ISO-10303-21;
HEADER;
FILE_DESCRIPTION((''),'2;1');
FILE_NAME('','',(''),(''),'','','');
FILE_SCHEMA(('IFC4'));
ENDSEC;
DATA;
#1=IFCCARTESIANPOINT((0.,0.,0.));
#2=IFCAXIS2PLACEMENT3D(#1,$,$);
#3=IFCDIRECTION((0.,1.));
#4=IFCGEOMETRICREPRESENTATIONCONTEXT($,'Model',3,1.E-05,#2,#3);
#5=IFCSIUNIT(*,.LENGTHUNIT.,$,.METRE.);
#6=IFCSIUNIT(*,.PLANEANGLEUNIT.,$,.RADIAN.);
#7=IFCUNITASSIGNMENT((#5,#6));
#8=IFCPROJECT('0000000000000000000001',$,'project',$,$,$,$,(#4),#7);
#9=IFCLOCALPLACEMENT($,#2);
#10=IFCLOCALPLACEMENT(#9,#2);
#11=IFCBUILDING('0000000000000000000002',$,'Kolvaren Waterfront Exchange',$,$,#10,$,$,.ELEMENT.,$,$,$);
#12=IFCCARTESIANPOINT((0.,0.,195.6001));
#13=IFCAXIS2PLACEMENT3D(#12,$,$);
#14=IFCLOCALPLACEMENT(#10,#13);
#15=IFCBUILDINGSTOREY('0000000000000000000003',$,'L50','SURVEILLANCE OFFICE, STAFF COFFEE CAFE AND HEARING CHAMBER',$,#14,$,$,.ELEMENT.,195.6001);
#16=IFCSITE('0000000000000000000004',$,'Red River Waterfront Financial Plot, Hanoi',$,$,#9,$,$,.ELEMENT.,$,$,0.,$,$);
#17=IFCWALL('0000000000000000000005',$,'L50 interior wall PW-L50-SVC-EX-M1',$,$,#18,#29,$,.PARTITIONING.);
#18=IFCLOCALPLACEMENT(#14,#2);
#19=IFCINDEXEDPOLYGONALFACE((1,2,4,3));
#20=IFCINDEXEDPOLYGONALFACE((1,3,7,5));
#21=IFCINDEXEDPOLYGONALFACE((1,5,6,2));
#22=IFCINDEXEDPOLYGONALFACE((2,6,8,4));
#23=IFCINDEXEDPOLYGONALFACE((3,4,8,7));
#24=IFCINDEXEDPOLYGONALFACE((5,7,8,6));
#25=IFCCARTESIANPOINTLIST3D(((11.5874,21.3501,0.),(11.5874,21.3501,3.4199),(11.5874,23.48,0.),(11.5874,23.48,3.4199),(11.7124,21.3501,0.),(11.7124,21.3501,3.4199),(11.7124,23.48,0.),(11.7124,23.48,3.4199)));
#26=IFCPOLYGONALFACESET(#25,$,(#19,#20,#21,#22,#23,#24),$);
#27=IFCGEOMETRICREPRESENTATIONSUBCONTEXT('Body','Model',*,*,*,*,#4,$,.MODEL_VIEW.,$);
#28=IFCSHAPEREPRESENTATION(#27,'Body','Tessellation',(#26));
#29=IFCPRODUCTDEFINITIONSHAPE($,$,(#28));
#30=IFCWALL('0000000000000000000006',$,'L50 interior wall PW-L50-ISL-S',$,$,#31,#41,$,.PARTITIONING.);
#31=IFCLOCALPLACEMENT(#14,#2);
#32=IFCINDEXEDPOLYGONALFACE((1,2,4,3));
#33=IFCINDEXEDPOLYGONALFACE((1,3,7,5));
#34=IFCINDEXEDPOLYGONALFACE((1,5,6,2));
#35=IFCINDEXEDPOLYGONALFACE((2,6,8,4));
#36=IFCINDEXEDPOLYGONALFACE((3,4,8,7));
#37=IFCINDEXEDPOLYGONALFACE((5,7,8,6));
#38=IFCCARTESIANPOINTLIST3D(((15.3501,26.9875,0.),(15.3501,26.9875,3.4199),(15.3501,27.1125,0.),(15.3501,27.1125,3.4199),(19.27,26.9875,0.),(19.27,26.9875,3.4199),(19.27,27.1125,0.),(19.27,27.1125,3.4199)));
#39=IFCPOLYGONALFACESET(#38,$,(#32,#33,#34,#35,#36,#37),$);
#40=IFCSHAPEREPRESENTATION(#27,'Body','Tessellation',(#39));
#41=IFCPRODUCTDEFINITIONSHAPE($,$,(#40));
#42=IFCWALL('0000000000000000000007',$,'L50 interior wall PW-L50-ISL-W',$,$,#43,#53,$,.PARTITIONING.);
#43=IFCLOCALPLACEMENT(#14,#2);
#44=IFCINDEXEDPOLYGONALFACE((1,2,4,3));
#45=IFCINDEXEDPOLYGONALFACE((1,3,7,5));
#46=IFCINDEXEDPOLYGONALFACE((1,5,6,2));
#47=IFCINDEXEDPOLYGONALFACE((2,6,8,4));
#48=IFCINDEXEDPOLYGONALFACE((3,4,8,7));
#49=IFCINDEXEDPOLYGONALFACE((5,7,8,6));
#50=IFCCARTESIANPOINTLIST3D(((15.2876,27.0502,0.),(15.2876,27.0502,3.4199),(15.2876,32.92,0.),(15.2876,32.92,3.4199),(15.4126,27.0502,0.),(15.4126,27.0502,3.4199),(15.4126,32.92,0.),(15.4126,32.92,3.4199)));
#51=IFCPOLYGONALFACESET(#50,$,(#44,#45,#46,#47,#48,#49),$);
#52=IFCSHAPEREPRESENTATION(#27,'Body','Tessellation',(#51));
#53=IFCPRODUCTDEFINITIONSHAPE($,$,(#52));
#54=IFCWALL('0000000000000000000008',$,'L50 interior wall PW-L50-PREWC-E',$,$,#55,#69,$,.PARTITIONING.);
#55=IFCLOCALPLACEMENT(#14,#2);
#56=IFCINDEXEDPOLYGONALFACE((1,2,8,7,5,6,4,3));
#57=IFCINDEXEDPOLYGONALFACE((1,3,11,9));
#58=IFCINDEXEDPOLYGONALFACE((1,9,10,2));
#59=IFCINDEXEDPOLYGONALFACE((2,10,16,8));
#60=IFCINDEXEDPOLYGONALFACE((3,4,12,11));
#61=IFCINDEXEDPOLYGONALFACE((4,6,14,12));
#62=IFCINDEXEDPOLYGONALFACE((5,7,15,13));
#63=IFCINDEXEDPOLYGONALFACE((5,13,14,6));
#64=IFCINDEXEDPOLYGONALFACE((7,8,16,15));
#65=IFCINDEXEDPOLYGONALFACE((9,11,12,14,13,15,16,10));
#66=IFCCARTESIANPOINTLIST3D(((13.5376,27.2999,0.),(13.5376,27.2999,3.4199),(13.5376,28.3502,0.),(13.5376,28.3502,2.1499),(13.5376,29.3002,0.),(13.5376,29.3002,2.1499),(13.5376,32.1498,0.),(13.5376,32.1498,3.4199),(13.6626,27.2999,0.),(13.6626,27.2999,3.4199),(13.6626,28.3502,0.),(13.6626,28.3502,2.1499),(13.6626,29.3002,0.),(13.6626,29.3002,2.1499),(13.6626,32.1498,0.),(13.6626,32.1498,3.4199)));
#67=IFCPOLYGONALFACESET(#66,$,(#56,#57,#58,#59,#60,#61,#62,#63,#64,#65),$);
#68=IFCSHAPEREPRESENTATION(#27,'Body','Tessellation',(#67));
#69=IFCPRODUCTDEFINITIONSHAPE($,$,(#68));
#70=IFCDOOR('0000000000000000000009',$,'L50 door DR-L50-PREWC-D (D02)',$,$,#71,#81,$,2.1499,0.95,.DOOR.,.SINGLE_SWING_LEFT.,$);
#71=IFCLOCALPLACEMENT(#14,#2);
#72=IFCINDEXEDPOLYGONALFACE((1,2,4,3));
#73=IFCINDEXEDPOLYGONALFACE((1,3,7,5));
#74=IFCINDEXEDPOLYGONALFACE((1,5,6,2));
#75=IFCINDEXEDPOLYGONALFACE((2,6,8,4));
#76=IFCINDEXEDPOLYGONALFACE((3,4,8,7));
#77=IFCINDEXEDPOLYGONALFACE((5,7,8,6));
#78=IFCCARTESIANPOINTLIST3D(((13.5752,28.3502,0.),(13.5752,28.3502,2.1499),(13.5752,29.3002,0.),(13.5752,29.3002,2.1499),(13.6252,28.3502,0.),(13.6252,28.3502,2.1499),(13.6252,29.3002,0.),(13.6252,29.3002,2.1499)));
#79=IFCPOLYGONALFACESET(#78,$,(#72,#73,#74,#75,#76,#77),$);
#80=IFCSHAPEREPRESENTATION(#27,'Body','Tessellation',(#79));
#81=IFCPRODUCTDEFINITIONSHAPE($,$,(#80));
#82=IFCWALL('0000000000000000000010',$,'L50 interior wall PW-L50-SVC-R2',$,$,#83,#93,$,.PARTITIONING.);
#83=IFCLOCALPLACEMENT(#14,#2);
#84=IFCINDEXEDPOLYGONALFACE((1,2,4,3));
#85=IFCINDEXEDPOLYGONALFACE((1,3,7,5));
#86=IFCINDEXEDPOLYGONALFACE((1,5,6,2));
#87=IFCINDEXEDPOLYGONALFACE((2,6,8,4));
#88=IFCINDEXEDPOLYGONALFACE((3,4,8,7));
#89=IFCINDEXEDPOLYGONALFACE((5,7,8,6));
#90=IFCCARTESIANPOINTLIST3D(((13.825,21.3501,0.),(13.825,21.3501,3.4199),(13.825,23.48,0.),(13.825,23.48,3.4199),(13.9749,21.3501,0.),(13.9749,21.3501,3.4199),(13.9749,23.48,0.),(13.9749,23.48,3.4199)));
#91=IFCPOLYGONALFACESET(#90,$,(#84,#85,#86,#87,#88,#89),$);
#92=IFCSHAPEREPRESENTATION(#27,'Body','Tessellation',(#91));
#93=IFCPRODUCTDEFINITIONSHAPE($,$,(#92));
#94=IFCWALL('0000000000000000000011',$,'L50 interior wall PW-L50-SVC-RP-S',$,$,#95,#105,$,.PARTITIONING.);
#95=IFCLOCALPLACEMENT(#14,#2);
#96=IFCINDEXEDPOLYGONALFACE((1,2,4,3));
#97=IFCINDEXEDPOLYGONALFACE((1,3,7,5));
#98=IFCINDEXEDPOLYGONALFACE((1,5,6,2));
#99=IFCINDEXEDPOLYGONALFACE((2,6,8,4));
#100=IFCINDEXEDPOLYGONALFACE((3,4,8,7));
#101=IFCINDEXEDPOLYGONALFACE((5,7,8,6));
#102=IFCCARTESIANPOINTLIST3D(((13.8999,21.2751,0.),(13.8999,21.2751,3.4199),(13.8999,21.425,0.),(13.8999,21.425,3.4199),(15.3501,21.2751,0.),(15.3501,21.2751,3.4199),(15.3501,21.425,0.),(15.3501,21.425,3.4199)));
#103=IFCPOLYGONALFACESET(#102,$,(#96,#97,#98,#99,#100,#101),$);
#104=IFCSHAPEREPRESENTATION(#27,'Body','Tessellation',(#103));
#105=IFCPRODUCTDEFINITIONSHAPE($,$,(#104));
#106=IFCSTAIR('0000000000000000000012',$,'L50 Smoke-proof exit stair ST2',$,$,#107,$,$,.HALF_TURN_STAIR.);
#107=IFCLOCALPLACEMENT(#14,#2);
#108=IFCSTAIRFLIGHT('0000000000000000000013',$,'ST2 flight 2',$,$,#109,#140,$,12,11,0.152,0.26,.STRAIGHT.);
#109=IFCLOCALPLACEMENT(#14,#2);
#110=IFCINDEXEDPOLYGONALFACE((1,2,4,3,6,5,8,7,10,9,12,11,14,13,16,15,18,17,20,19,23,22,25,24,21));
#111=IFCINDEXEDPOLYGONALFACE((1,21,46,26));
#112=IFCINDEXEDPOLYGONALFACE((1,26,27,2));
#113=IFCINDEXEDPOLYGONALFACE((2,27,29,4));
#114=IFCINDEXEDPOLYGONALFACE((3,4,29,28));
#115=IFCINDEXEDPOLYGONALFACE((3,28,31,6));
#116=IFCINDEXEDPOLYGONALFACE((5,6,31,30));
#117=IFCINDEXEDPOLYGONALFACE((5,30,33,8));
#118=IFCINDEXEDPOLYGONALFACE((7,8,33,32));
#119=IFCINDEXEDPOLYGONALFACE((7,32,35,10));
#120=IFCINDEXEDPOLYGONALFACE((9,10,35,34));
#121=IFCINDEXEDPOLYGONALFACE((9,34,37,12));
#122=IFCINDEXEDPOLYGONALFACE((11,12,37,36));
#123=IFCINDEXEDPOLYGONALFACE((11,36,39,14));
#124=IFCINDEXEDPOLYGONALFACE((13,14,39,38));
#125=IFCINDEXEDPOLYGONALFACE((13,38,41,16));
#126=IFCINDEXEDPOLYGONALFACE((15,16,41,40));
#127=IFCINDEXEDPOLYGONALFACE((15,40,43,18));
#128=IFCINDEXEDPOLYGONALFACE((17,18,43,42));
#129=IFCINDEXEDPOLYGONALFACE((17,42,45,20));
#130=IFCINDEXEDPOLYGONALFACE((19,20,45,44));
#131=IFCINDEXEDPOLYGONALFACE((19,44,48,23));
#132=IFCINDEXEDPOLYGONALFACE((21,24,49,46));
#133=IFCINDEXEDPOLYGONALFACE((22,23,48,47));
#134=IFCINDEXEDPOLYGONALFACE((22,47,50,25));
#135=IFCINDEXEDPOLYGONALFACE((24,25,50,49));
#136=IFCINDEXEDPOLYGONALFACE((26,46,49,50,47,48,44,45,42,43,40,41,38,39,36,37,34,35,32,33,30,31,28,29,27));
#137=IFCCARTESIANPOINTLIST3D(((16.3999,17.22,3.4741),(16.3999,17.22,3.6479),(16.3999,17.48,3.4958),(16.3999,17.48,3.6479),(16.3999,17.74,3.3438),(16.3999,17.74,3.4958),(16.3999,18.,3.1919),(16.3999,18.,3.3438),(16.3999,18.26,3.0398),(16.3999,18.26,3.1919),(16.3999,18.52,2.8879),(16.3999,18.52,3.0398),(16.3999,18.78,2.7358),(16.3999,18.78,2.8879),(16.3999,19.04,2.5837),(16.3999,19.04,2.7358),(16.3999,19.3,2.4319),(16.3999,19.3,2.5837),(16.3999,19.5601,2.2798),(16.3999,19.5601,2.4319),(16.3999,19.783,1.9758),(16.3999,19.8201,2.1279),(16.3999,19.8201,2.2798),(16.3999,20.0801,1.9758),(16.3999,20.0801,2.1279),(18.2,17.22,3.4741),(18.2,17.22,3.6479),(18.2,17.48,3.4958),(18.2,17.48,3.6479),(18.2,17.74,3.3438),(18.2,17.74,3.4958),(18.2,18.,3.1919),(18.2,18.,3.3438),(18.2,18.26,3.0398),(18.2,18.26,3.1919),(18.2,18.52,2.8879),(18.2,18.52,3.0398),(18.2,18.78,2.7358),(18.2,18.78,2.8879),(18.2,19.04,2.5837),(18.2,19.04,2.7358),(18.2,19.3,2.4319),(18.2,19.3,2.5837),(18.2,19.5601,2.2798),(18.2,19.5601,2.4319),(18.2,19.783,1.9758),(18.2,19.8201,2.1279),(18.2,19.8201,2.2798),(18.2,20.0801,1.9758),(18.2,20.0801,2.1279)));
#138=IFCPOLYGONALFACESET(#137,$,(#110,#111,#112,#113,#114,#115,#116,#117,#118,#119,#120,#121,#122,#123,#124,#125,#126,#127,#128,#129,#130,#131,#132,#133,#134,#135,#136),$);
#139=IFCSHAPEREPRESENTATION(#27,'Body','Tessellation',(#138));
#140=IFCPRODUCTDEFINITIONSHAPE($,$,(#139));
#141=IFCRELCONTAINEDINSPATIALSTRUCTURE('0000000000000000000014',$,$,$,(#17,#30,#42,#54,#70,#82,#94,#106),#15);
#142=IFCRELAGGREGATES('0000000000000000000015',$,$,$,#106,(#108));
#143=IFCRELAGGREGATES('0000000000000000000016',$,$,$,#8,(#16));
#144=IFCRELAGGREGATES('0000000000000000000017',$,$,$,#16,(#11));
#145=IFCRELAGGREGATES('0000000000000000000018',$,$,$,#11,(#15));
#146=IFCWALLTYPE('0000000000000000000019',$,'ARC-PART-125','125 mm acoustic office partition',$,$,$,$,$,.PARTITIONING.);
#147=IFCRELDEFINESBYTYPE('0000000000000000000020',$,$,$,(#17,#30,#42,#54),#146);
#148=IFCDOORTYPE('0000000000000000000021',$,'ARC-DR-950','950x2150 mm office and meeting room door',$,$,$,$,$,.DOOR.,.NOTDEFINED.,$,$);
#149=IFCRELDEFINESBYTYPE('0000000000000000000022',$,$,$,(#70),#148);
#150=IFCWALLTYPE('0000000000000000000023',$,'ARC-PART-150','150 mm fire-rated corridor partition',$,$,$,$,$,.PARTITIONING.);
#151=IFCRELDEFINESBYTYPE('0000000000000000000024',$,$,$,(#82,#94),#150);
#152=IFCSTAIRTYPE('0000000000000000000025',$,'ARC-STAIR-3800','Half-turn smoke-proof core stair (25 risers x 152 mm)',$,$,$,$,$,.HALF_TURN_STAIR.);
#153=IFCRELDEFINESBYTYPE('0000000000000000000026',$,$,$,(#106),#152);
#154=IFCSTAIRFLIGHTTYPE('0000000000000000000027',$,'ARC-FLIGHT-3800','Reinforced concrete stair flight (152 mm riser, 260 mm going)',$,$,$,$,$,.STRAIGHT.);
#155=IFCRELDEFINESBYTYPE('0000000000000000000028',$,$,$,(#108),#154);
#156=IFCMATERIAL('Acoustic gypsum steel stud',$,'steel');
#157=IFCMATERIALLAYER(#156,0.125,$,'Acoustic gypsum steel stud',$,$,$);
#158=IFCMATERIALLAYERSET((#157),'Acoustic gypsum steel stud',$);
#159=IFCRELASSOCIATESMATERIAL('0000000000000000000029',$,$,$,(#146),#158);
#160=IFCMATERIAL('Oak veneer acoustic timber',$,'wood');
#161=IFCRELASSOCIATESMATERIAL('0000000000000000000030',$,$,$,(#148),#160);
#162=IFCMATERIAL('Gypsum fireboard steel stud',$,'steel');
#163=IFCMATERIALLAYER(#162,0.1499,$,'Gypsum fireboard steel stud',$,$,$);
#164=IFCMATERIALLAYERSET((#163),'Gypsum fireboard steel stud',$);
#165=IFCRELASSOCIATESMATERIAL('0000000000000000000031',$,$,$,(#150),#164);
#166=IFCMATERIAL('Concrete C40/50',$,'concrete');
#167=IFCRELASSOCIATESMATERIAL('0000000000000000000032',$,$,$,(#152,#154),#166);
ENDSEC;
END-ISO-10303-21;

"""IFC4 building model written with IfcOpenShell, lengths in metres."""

from ifc_helpers import new_model, si_unit, direction, frame, frame_2d, origin, place, context, subcontext, project, spatial, polyline, rectangle, outline, extrude, material, layer, layer_set, type_object, element, fill, aggregate, save


model = new_model("IFC4")

# Units and contexts
model_context = context("Model", 3, precision=1e-05, world=origin(), true_north=direction((0.0, 1.0)))
body_context = subcontext(model_context, "Body", "Model", "MODEL_VIEW")
ifc_project = project(units=[si_unit("LENGTHUNIT", "METRE"), si_unit("PLANEANGLEUNIT", "RADIAN")], contexts=[model_context])

# Site, building, storey
site_placement = place(None, origin())
site = spatial("IfcSite", under=ifc_project, at=site_placement, Name="Red River Waterfront Financial Plot, Hanoi", CompositionType="ELEMENT", RefElevation=0.0)
building_placement = place(site_placement, origin())
building = spatial("IfcBuilding", under=site, at=building_placement, Name="Kolvaren Waterfront Exchange", CompositionType="ELEMENT")
storey_placement = place(building_placement, frame((0.0, 0.0, 195.6001)))
storey = spatial("IfcBuildingStorey", under=building, at=storey_placement, Name="L50", Description="SURVEILLANCE OFFICE, STAFF COFFEE CAFE AND HEARING CHAMBER", CompositionType="ELEMENT", Elevation=195.6001)

# Walls
ifc_material_1 = material(Name="Acoustic gypsum steel stud", Category="steel")
ifc_layer_1 = layer(ifc_material_1, 0.125, Name="Acoustic gypsum steel stud")
ifc_layer_set_1 = layer_set([ifc_layer_1], Name="Acoustic gypsum steel stud")
wall_type_1 = type_object("IfcWallType", Name="ARC-PART-125", Description="125 mm acoustic office partition", PredefinedType="PARTITIONING", material=ifc_layer_set_1)
wall_1_placement = place(storey_placement, frame((11.6499, 21.3501, 0.0), z_axis=(0.0, 0.0, 1.0), x_axis=(0.0, 1.0, 0.0)))
element("IfcWall", 1, at=wall_1_placement, inside=storey, type_object=wall_type_1, Name="L50 interior wall PW-L50-SVC-EX-M1", PredefinedType="PARTITIONING", context=body_context, shape_type="SweptSolid", body=[
    extrude(rectangle(XDim=2.1299, YDim=0.125, at=frame_2d((1.0649, 0.0))), origin(), (0.0, 0.0, 1.0), 3.4199),
])
wall_2_placement = place(storey_placement, frame((15.3501, 27.05, 0.0), z_axis=(0.0, 0.0, 1.0), x_axis=(1.0, 0.0, 0.0)))
element("IfcWall", 2, at=wall_2_placement, inside=storey, type_object=wall_type_1, Name="L50 interior wall PW-L50-ISL-S", PredefinedType="PARTITIONING", context=body_context, shape_type="SweptSolid", body=[
    extrude(rectangle(XDim=3.9199, YDim=0.125, at=frame_2d((1.96, 0.0))), origin(), (0.0, 0.0, 1.0), 3.4199),
])
wall_3_placement = place(storey_placement, frame((15.3501, 27.05, 0.0), z_axis=(0.0, 0.0, 1.0), x_axis=(0.0, 1.0, 0.0)))
element("IfcWall", 3, at=wall_3_placement, inside=storey, type_object=wall_type_1, Name="L50 interior wall PW-L50-ISL-W", PredefinedType="PARTITIONING", context=body_context, shape_type="SweptSolid", body=[
    extrude(rectangle(XDim=5.8699, YDim=0.125, at=frame_2d((2.9351, 0.0))), origin(), (0.0, 0.0, 1.0), 3.4199),
])

# Wall, opening, door
wall_4_placement = place(storey_placement, frame((13.6001, 27.3, 0.0), z_axis=(0.0, 0.0, 1.0), x_axis=(0.0, 1.0, 0.0)))
wall_4 = element("IfcWall", 4, at=wall_4_placement, inside=storey, type_object=wall_type_1, Name="L50 interior wall PW-L50-PREWC-E", PredefinedType="PARTITIONING", context=body_context, shape_type="SweptSolid", body=[
    extrude(rectangle(XDim=4.8499, YDim=0.125, at=frame_2d((2.4248, 0.0))), origin(), (0.0, 0.0, 1.0), 3.4199),
])
opening_placement = place(wall_4_placement, frame((1.05, 0.0, 0.0)))
opening = element("IfcOpeningElement", 5, at=opening_placement, cuts=wall_4, PredefinedType="OPENING", context=body_context, shape_type="SweptSolid", body=[
    extrude(rectangle(XDim=0.95, YDim=2.1499, at=frame_2d((0.4751, 1.075))), frame((0.0, 0.0725, 0.0), z_axis=(0.0, -1.0, 0.0), x_axis=(1.0, 0.0, 0.0)), (0.0, 0.0, 1.0), 0.145),
])
ifc_material_2 = material(Name="Oak veneer acoustic timber", Category="wood")
door_type = type_object("IfcDoorType", Name="ARC-DR-950", Description="950x2150 mm office and meeting room door", OperationType="NOTDEFINED", PredefinedType="DOOR", material=ifc_material_2)
door_placement = place(opening_placement, origin())
door = element("IfcDoor", 6, at=door_placement, inside=storey, type_object=door_type, Name="L50 door DR-L50-PREWC-D (D02)", OperationType="SINGLE_SWING_LEFT", OverallHeight=2.1499, OverallWidth=0.95, PredefinedType="DOOR", context=body_context, shape_type="SweptSolid", body=[
    extrude(rectangle(XDim=0.95, YDim=2.1499, at=frame_2d((0.4751, 1.075))), frame((0.0, 0.0249, 0.0), z_axis=(0.0, -1.0, 0.0), x_axis=(1.0, 0.0, 0.0)), (0.0, 0.0, 1.0), 0.05),
])
fill(opening, door)

# Walls
ifc_material_3 = material(Name="Gypsum fireboard steel stud", Category="steel")
ifc_layer_2 = layer(ifc_material_3, 0.1499, Name="Gypsum fireboard steel stud")
ifc_layer_set_2 = layer_set([ifc_layer_2], Name="Gypsum fireboard steel stud")
wall_type_2 = type_object("IfcWallType", Name="ARC-PART-150", Description="150 mm fire-rated corridor partition", PredefinedType="PARTITIONING", material=ifc_layer_set_2)
wall_5_placement = place(storey_placement, frame((13.8999, 21.3501, 0.0), z_axis=(0.0, 0.0, 1.0), x_axis=(0.0, 1.0, 0.0)))
element("IfcWall", 7, at=wall_5_placement, inside=storey, type_object=wall_type_2, Name="L50 interior wall PW-L50-SVC-R2", PredefinedType="PARTITIONING", context=body_context, shape_type="SweptSolid", body=[
    extrude(rectangle(XDim=2.1299, YDim=0.1499, at=frame_2d((1.0649, 0.0))), origin(), (0.0, 0.0, 1.0), 3.4199),
])
wall_6_placement = place(storey_placement, frame((13.8999, 21.3501, 0.0), z_axis=(0.0, 0.0, 1.0), x_axis=(1.0, 0.0, 0.0)))
element("IfcWall", 8, at=wall_6_placement, inside=storey, type_object=wall_type_2, Name="L50 interior wall PW-L50-SVC-RP-S", PredefinedType="PARTITIONING", context=body_context, shape_type="SweptSolid", body=[
    extrude(rectangle(XDim=1.4502, YDim=0.1499, at=frame_2d((0.7251, 0.0))), origin(), (0.0, 0.0, 1.0), 3.4199),
])

# Stair, stair flight
ifc_material_4 = material(Name="Concrete C40/50", Category="concrete")
stair_type = type_object("IfcStairType", Name="ARC-STAIR-3800", Description="Half-turn smoke-proof core stair (25 risers x 152 mm)", PredefinedType="HALF_TURN_STAIR", material=ifc_material_4)
stair_placement = place(storey_placement, origin())
stair = element("IfcStair", 9, at=stair_placement, inside=storey, type_object=stair_type, Name="L50 Smoke-proof exit stair ST2", PredefinedType="HALF_TURN_STAIR")
stair_flight_type = type_object("IfcStairFlightType", Name="ARC-FLIGHT-3800", Description="Reinforced concrete stair flight (152 mm riser, 260 mm going)", PredefinedType="STRAIGHT", material=ifc_material_4)
stair_flight_placement = place(storey_placement, frame((17.3, 20.0801, 1.9758), z_axis=(0.0, 0.0, 1.0), x_axis=(0.0, -1.0, 0.0)))
stair_flight = element("IfcStairFlight", 10, at=stair_flight_placement, type_object=stair_flight_type, Name="ST2 flight 2", NumberOfRisers=12, NumberOfTreads=11, PredefinedType="STRAIGHT", RiserHeight=0.152, TreadLength=0.26, context=body_context, shape_type="SweptSolid", body=[
    extrude(outline(polyline([(0.0, 0.0), (0.0, 0.1521), (0.26, 0.1521), (0.26, 0.304), (0.52, 0.304), (0.52, 0.4561), (0.78, 0.4561), (0.78, 0.6079), (1.04, 0.6079), (1.04, 0.76), (1.3, 0.76), (1.3, 0.9121), (1.5601, 0.9121), (1.5601, 1.064), (1.8201, 1.064), (1.8201, 1.2161), (2.0801, 1.2161), (2.0801, 1.3679), (2.3401, 1.3679), (2.3401, 1.52), (2.6001, 1.52), (2.6001, 1.6721), (2.8601, 1.6721), (2.8601, 1.824), (2.8601, 1.4983), (0.2971, 0.0), (0.0, 0.0)])), frame((0.0, 0.8999, 0.0), z_axis=(0.0, -1.0, 0.0), x_axis=(1.0, 0.0, 0.0)), (0.0, 0.0, 1.0), 1.8),
])
aggregate(stair, [stair_flight])

save(model, "model.ifc")
